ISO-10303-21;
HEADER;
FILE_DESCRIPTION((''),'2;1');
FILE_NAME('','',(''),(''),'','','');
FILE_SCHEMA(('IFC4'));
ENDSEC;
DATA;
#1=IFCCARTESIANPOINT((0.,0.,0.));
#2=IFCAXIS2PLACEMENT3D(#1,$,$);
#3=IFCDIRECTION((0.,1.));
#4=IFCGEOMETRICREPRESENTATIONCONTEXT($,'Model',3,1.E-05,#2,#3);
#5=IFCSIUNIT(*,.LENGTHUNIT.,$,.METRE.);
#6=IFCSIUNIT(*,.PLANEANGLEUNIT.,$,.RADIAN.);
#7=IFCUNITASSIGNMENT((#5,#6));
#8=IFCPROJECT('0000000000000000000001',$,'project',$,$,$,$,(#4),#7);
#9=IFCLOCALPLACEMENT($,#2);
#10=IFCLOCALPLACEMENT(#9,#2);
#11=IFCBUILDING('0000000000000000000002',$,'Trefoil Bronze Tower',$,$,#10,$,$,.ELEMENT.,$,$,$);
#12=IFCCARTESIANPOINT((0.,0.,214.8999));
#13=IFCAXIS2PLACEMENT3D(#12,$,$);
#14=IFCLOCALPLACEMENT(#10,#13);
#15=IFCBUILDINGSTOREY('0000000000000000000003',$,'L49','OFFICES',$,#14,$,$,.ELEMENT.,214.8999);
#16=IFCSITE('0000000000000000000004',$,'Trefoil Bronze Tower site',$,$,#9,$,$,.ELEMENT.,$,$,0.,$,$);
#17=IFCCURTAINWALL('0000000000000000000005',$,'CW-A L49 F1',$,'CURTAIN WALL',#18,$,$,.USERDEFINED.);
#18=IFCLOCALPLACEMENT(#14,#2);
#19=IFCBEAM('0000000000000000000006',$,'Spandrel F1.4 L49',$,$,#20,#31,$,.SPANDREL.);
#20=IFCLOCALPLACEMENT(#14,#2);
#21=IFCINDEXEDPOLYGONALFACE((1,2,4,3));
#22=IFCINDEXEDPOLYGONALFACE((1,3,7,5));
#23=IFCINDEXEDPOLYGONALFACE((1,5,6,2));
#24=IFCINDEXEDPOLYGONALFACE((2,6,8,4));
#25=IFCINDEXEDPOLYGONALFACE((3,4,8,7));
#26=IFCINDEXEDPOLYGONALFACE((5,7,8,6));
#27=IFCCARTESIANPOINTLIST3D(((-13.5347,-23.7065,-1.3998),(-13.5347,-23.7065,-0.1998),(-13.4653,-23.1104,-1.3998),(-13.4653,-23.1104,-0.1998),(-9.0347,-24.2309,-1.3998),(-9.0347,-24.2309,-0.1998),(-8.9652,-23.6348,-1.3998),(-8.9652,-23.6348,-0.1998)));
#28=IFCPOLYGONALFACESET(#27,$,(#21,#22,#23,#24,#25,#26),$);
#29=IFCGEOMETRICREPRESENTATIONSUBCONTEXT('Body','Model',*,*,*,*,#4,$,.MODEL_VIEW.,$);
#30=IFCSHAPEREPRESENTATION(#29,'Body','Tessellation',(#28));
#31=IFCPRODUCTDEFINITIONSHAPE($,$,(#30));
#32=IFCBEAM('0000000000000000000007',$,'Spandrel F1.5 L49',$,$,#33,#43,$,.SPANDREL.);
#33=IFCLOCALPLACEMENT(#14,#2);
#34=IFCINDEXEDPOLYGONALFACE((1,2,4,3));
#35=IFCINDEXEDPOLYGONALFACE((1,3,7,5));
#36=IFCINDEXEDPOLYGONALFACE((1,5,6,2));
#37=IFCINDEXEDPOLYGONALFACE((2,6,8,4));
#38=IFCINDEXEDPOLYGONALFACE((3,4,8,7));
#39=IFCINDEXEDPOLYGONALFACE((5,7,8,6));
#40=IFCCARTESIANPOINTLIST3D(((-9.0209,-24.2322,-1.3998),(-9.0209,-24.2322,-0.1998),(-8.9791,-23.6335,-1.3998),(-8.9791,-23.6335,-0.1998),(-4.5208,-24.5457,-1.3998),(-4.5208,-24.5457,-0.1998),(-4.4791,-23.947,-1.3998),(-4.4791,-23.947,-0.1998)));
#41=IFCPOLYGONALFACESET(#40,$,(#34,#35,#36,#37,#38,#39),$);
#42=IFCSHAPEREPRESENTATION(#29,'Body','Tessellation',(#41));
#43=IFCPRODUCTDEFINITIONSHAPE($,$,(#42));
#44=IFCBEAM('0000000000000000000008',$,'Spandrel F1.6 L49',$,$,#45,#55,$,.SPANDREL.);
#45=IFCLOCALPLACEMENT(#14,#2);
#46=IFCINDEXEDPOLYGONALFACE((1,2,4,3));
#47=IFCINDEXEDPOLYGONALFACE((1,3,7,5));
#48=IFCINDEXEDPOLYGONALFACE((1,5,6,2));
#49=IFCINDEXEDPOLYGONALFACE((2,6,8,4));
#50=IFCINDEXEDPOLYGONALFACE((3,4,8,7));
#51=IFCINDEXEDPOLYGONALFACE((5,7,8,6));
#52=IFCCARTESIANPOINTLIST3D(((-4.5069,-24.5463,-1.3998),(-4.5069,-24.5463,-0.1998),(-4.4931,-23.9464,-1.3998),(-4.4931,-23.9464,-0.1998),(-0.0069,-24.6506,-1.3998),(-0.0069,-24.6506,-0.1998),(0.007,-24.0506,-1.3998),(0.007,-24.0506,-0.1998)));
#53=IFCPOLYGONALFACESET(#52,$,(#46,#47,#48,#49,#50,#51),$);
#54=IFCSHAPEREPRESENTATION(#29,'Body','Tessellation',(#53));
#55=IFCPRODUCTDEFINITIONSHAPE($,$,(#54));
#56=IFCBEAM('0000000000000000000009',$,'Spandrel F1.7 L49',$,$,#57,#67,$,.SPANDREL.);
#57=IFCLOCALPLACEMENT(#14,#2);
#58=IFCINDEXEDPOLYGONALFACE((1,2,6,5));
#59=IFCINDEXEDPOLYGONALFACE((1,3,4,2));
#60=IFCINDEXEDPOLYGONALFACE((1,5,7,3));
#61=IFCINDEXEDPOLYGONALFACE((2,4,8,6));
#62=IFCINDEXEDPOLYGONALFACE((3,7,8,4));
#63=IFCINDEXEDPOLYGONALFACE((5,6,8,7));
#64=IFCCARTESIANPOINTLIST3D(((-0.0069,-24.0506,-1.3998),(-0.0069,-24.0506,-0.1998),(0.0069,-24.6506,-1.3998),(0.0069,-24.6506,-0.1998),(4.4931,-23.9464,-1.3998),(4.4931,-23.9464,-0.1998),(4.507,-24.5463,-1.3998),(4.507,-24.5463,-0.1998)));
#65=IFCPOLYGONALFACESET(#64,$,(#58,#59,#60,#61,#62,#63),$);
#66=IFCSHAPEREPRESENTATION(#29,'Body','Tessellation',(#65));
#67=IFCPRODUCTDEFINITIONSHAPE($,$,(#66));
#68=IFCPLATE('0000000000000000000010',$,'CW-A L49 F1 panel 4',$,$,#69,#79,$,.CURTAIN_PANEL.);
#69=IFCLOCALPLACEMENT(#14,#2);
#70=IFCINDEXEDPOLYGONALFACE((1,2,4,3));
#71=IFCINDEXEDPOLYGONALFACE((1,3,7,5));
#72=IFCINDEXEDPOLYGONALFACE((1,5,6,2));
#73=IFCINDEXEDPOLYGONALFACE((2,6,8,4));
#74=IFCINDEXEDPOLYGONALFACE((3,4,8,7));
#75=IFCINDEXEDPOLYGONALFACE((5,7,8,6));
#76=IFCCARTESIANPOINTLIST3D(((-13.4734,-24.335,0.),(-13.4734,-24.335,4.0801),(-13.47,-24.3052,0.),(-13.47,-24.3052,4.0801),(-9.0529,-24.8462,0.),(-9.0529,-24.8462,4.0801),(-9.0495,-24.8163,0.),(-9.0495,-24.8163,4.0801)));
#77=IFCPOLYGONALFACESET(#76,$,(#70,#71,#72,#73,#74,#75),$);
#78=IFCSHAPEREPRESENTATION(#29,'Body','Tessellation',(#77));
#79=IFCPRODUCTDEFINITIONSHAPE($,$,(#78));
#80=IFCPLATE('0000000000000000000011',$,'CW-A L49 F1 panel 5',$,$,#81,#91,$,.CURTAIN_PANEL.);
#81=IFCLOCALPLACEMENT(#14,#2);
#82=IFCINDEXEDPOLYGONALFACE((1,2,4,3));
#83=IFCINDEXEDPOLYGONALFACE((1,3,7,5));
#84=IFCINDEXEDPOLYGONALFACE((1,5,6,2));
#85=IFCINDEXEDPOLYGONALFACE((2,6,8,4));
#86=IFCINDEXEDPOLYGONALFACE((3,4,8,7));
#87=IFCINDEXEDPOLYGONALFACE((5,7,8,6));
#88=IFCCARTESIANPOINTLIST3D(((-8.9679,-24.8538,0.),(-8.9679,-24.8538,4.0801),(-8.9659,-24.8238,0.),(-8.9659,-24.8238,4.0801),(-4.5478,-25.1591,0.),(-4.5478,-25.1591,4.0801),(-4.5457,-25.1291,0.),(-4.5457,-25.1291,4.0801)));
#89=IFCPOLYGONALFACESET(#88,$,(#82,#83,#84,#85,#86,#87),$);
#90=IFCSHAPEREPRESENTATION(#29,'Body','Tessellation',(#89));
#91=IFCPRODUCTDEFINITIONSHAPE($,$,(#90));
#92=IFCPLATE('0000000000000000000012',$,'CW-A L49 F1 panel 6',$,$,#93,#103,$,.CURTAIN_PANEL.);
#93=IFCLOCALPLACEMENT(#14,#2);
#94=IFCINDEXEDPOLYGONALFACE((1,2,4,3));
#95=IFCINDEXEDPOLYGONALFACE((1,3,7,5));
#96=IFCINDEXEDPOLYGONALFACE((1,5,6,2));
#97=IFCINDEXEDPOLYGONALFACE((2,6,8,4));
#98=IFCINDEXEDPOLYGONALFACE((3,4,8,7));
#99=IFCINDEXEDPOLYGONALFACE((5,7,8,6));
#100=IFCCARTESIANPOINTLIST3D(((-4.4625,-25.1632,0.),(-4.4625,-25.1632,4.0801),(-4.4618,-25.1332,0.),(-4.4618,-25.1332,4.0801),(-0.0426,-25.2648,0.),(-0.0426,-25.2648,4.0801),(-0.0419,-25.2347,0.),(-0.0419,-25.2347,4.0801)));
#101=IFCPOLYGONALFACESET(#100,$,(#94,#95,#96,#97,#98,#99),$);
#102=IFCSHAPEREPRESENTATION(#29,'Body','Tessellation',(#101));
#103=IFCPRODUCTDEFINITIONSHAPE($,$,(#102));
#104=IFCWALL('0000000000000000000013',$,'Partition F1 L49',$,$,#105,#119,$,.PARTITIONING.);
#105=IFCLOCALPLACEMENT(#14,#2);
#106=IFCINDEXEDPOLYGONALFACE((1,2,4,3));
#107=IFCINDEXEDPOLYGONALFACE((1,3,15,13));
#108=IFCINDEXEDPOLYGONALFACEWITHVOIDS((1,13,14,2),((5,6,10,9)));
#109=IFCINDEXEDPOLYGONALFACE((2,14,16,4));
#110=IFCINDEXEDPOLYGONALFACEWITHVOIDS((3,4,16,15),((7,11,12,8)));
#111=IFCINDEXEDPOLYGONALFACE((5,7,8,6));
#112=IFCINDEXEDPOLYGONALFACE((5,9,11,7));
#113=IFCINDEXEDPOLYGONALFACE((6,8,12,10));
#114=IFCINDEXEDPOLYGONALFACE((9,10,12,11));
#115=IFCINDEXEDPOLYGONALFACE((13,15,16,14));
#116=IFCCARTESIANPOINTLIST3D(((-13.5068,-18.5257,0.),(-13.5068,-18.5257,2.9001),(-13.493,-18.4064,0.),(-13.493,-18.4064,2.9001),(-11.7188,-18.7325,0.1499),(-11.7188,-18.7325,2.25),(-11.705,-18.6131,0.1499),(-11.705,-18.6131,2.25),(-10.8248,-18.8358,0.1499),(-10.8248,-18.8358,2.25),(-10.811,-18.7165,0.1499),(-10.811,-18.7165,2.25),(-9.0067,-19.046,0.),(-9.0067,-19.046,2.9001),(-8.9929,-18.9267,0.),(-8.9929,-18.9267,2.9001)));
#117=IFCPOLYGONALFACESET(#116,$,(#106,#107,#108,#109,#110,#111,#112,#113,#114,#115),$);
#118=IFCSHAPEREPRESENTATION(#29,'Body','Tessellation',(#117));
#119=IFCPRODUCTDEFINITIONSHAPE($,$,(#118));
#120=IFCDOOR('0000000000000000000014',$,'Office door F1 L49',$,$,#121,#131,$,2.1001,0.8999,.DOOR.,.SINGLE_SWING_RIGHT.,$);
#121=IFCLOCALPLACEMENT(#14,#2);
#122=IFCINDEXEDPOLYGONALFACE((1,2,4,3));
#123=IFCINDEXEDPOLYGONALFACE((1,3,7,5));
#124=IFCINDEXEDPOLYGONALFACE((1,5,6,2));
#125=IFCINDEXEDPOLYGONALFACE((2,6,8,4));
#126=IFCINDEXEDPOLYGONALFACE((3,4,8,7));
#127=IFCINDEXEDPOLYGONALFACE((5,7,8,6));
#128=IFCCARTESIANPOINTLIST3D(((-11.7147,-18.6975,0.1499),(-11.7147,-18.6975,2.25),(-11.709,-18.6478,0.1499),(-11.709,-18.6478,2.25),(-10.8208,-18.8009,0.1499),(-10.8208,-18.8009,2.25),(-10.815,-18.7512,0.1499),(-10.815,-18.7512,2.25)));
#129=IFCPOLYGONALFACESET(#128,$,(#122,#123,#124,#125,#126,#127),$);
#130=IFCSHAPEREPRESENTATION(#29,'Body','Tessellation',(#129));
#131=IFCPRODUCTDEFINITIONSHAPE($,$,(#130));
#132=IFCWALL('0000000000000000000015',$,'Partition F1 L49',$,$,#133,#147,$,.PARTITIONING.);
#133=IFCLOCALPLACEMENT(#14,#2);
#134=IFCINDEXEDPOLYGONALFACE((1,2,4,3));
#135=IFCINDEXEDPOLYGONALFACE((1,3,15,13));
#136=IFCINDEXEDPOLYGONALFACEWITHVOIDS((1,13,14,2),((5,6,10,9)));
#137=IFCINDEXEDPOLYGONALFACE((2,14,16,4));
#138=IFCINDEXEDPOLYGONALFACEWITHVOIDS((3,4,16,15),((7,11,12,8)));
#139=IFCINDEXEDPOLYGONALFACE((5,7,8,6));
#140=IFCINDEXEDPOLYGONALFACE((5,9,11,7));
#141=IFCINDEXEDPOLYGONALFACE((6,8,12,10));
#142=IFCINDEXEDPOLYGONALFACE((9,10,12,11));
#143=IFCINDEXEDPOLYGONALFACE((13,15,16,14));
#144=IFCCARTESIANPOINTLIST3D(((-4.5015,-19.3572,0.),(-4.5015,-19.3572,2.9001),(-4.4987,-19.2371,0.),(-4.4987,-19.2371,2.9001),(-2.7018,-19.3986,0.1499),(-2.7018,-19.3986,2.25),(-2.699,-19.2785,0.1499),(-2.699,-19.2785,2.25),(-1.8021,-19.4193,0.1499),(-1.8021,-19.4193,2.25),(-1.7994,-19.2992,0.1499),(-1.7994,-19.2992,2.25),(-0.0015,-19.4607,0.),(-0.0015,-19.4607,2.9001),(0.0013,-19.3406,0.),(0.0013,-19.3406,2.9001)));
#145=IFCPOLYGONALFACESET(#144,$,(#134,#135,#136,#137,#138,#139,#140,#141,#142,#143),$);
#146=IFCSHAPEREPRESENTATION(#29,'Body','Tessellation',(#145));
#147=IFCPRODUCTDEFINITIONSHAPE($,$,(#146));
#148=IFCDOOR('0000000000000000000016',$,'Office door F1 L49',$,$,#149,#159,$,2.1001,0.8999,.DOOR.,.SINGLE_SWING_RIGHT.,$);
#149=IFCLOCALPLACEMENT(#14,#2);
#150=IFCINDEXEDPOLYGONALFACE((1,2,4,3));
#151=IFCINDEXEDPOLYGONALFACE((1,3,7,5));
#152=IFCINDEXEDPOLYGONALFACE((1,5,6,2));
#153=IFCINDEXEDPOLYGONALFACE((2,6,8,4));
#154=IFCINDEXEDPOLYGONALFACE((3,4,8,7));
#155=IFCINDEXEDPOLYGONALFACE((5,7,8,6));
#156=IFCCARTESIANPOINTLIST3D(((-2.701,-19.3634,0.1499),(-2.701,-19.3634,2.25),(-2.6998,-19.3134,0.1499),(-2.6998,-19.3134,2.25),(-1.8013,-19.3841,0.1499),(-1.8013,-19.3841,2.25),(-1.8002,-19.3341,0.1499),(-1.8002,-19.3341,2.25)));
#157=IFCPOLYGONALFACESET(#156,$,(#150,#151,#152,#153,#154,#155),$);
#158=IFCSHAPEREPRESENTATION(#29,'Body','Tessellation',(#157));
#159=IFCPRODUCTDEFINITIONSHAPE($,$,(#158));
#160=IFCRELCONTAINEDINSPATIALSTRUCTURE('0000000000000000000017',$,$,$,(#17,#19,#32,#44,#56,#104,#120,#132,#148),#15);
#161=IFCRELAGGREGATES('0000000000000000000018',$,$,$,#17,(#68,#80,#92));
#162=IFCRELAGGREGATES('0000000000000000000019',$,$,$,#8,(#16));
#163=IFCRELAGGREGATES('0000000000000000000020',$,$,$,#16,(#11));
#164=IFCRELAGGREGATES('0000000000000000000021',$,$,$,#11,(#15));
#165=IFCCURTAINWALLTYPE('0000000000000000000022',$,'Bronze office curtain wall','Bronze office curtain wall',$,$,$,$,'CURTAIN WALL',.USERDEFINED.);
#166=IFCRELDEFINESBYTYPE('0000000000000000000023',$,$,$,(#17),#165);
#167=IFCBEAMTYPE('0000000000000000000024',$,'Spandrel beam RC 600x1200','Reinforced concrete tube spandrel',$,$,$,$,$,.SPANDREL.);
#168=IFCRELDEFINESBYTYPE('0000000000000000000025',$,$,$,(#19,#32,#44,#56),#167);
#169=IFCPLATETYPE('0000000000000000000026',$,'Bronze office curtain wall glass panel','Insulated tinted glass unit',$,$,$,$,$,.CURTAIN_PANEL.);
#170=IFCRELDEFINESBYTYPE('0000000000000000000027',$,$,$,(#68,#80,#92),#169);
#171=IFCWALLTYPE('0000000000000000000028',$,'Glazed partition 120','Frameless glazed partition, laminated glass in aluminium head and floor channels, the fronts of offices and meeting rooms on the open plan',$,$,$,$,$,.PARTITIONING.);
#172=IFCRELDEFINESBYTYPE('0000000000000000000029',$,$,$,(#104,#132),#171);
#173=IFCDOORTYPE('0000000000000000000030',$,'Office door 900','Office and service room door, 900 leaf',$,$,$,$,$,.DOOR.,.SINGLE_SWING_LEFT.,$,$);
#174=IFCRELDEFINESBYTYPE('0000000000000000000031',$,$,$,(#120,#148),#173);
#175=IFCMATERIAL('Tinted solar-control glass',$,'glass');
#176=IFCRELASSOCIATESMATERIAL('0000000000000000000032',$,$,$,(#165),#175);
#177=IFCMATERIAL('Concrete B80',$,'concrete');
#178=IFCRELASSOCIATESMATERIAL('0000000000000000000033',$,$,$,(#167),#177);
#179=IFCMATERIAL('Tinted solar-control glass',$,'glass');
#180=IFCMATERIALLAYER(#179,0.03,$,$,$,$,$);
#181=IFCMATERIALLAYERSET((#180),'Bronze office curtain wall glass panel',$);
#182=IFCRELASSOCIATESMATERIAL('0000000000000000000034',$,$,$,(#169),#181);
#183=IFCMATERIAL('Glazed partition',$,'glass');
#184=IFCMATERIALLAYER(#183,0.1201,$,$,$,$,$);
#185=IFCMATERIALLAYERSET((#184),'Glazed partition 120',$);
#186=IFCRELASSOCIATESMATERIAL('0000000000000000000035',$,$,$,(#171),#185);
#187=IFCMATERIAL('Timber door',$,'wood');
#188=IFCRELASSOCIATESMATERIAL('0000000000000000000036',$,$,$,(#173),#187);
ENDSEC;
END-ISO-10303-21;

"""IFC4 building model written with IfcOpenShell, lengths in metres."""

from ifc_helpers import new_model, si_unit, direction, frame, frame_2d, origin, origin_2d, place, context, subcontext, project, spatial, rectangle, extrude, material, layer, layer_set, material_profile, profile_set, type_object, element, fill, aggregate, save


model = new_model("IFC4")

# Units and contexts
model_context = context("Model", 3, precision=1e-05, world=origin(), true_north=direction((0.0, 1.0)))
body_context = subcontext(model_context, "Body", "Model", "MODEL_VIEW")
ifc_project = project(units=[si_unit("LENGTHUNIT", "METRE"), si_unit("PLANEANGLEUNIT", "RADIAN")], contexts=[model_context])

# Site, building, storey
site_placement = place(None, origin())
site = spatial("IfcSite", under=ifc_project, at=site_placement, Name="Trefoil Bronze Tower site", CompositionType="ELEMENT", RefElevation=0.0)
building_placement = place(site_placement, origin())
building = spatial("IfcBuilding", under=site, at=building_placement, Name="Trefoil Bronze Tower", CompositionType="ELEMENT")
storey_placement = place(building_placement, frame((0.0, 0.0, 214.8999)))
storey = spatial("IfcBuildingStorey", under=building, at=storey_placement, Name="L49", Description="OFFICES", CompositionType="ELEMENT", Elevation=214.8999)

# Curtain wall
ifc_material_1 = material(Name="Tinted solar-control glass", Category="glass")
curtain_wall_type = type_object("IfcCurtainWallType", Name="Bronze office curtain wall", Description="Bronze office curtain wall", ElementType="CURTAIN WALL", PredefinedType="USERDEFINED", material=ifc_material_1)
curtain_wall_placement = place(storey_placement, origin())
curtain_wall = element("IfcCurtainWall", 1, at=curtain_wall_placement, inside=storey, type_object=curtain_wall_type, Name="CW-A L49 F1", ObjectType="CURTAIN WALL", PredefinedType="USERDEFINED")

# Beams
ifc_material_2 = material(Name="Concrete B80", Category="concrete")
ifc_material_profile_1 = material_profile(ifc_material_2, rectangle(XDim=0.6001, YDim=1.2, at=origin_2d()), Name="RC 600x1200")
ifc_profile_set_1 = profile_set([ifc_material_profile_1], Name="Concrete B80")
beam_type_1 = type_object("IfcBeamType", Name="Spandrel beam RC 600x1200", Description="Reinforced concrete tube spandrel", PredefinedType="SPANDREL", material=ifc_profile_set_1)
beam_1_placement = place(storey_placement, frame((-13.5, -23.4084, -0.7998), z_axis=(0.993278, -0.115753, 0.0), x_axis=(0.115753, 0.993278, 0.0)))
element("IfcBeam", 2, at=beam_1_placement, inside=storey, type_object=beam_type_1, Name="Spandrel F1.4 L49", PredefinedType="SPANDREL", context=body_context, shape_type="SweptSolid", body=[
    extrude(rectangle(XDim=0.6001, YDim=1.2, at=origin_2d()), origin(), (0.0, 0.0, 1.0), 4.5305),
])
beam_2_placement = place(storey_placement, frame((-9.0, -23.9329, -0.7998), z_axis=(0.997582, -0.069493, 0.0), x_axis=(0.069493, 0.997582, 0.0)))
element("IfcBeam", 3, at=beam_2_placement, inside=storey, type_object=beam_type_1, Name="Spandrel F1.5 L49", PredefinedType="SPANDREL", context=body_context, shape_type="SweptSolid", body=[
    extrude(rectangle(XDim=0.6001, YDim=1.2, at=origin_2d()), origin(), (0.0, 0.0, 1.0), 4.511),
])
for number, where, z_axis, x_axis, name in (
    (4, (-4.5, -24.2463, -0.7998), (0.999732, -0.02316, 0.0), (0.02316, 0.999732, 0.0), "Spandrel F1.6 L49"),
    (5, (0.0, -24.3506, -0.7998), (0.999732, 0.02316, 0.0), (-0.02316, 0.999732, 0.0), "Spandrel F1.7 L49"),
):
    element("IfcBeam", number, at=place(storey_placement, frame(where, z_axis=z_axis, x_axis=x_axis)), inside=storey, type_object=beam_type_1, Name=name, PredefinedType="SPANDREL", context=body_context, shape_type="SweptSolid", body=[
        extrude(rectangle(XDim=0.6001, YDim=1.2, at=origin_2d()), origin(), (0.0, 0.0, 1.0), 4.5012),
    ])

# Plates
ifc_material_3 = material(Name="Tinted solar-control glass", Category="glass")
ifc_layer_1 = layer(ifc_material_3, 0.03)
ifc_layer_set_1 = layer_set([ifc_layer_1], Name="Bronze office curtain wall glass panel")
plate_type = type_object("IfcPlateType", Name="Bronze office curtain wall glass panel", Description="Insulated tinted glass unit", PredefinedType="CURTAIN_PANEL", material=ifc_layer_set_1)
plate_1_placement = place(storey_placement, frame((-11.2615, -24.5757, 0.0), z_axis=(0.0, 0.0, 1.0), x_axis=(0.993382, -0.114859, 0.0)))
plate_1 = element("IfcPlate", 6, at=plate_1_placement, type_object=plate_type, Name="CW-A L49 F1 panel 4", PredefinedType="CURTAIN_PANEL", context=body_context, shape_type="SweptSolid", body=[
    extrude(rectangle(XDim=4.45, YDim=0.03, at=origin_2d()), origin(), (0.0, 0.0, 1.0), 4.0801),
])
plate_2_placement = place(storey_placement, frame((-6.7568, -24.9915, 0.0), z_axis=(0.0, 0.0, 1.0), x_axis=(0.997623, -0.068915, 0.0)))
plate_2 = element("IfcPlate", 7, at=plate_2_placement, type_object=plate_type, Name="CW-A L49 F1 panel 5", PredefinedType="CURTAIN_PANEL", context=body_context, shape_type="SweptSolid", body=[
    extrude(rectangle(XDim=4.4307, YDim=0.03, at=origin_2d()), origin(), (0.0, 0.0, 1.0), 4.0801),
])
plate_3_placement = place(storey_placement, frame((-2.2522, -25.199, 0.0), z_axis=(0.0, 0.0, 1.0), x_axis=(0.999736, -0.022972, 0.0)))
plate_3 = element("IfcPlate", 8, at=plate_3_placement, type_object=plate_type, Name="CW-A L49 F1 panel 6", PredefinedType="CURTAIN_PANEL", context=body_context, shape_type="SweptSolid", body=[
    extrude(rectangle(XDim=4.4211, YDim=0.03, at=origin_2d()), origin(), (0.0, 0.0, 1.0), 4.0801),
])
aggregate(curtain_wall, [plate_1, plate_2, plate_3])

# Walls, openings, doors
ifc_material_4 = material(Name="Glazed partition", Category="glass")
ifc_layer_2 = layer(ifc_material_4, 0.1201)
ifc_layer_set_2 = layer_set([ifc_layer_2], Name="Glazed partition 120")
wall_type_1 = type_object("IfcWallType", Name="Glazed partition 120", Description="Frameless glazed partition, laminated glass in aluminium head and floor channels, the fronts of offices and meeting rooms on the open plan", PredefinedType="PARTITIONING", material=ifc_layer_set_2)
wall_1_placement = place(storey_placement, frame((-13.5, -18.4661, 0.0), z_axis=(0.0, 0.0, 1.0), x_axis=(0.993383, -0.114849, 0.0)))
wall_1 = element("IfcWall", 9, at=wall_1_placement, inside=storey, type_object=wall_type_1, Name="Partition F1 L49", PredefinedType="PARTITIONING", context=body_context, shape_type="SweptSolid", body=[
    extrude(rectangle(XDim=4.53, YDim=0.1201, at=frame_2d((2.2651, 0.0))), origin(), (0.0, 0.0, 1.0), 2.9001),
])
opening_1_placement = place(wall_1_placement, frame((1.8, 0.0, 0.1499)))
opening_1 = element("IfcOpeningElement", 10, at=opening_1_placement, cuts=wall_1, PredefinedType="OPENING", context=body_context, shape_type="SweptSolid", body=[
    extrude(rectangle(XDim=0.8999, YDim=2.1001, at=frame_2d((0.45, 1.05))), frame((0.0, 0.0701, 0.0), z_axis=(0.0, -1.0, 0.0), x_axis=(1.0, 0.0, 0.0)), (0.0, 0.0, 1.0), 0.1401),
])
ifc_material_5 = material(Name="Timber door", Category="wood")
door_type = type_object("IfcDoorType", Name="Office door 900", Description="Office and service room door, 900 leaf", OperationType="SINGLE_SWING_LEFT", PredefinedType="DOOR", material=ifc_material_5)
door_1_placement = place(opening_1_placement, frame((0.8999, 0.0, 0.0), z_axis=(0.0, 0.0, 1.0), x_axis=(-1.0, 0.0, 0.0)))
door_1 = element("IfcDoor", 11, at=door_1_placement, inside=storey, type_object=door_type, Name="Office door F1 L49", OperationType="SINGLE_SWING_RIGHT", OverallHeight=2.1001, OverallWidth=0.8999, PredefinedType="DOOR", context=body_context, shape_type="SweptSolid", body=[
    extrude(rectangle(XDim=0.8999, YDim=2.1001, at=frame_2d((0.45, 1.05))), frame((0.0, 0.0249, 0.0), z_axis=(0.0, -1.0, 0.0), x_axis=(1.0, 0.0, 0.0)), (0.0, 0.0, 1.0), 0.05),
])
fill(opening_1, door_1)
wall_2_placement = place(storey_placement, frame((-4.5, -19.2971, 0.0), z_axis=(0.0, 0.0, 1.0), x_axis=(0.999736, -0.022997, 0.0)))
wall_2 = element("IfcWall", 12, at=wall_2_placement, inside=storey, type_object=wall_type_1, Name="Partition F1 L49", PredefinedType="PARTITIONING", context=body_context, shape_type="SweptSolid", body=[
    extrude(rectangle(XDim=4.5012, YDim=0.1201, at=frame_2d((2.2505, 0.0))), origin(), (0.0, 0.0, 1.0), 2.9001),
])
opening_2_placement = place(wall_2_placement, frame((1.8, 0.0, 0.1499)))
opening_2 = element("IfcOpeningElement", 13, at=opening_2_placement, cuts=wall_2, PredefinedType="OPENING", context=body_context, shape_type="SweptSolid", body=[
    extrude(rectangle(XDim=0.8999, YDim=2.1001, at=frame_2d((0.45, 1.05))), frame((0.0, 0.0701, 0.0), z_axis=(0.0, -1.0, 0.0), x_axis=(1.0, 0.0, 0.0)), (0.0, 0.0, 1.0), 0.1401),
])
door_2_placement = place(opening_2_placement, frame((0.8999, 0.0, 0.0), z_axis=(0.0, 0.0, 1.0), x_axis=(-1.0, 0.0, 0.0)))
door_2 = element("IfcDoor", 14, at=door_2_placement, inside=storey, type_object=door_type, Name="Office door F1 L49", OperationType="SINGLE_SWING_RIGHT", OverallHeight=2.1001, OverallWidth=0.8999, PredefinedType="DOOR", context=body_context, shape_type="SweptSolid", body=[
    extrude(rectangle(XDim=0.8999, YDim=2.1001, at=frame_2d((0.45, 1.05))), frame((0.0, 0.0249, 0.0), z_axis=(0.0, -1.0, 0.0), x_axis=(1.0, 0.0, 0.0)), (0.0, 0.0, 1.0), 0.05),
])
fill(opening_2, door_2)

save(model, "model.ifc")
